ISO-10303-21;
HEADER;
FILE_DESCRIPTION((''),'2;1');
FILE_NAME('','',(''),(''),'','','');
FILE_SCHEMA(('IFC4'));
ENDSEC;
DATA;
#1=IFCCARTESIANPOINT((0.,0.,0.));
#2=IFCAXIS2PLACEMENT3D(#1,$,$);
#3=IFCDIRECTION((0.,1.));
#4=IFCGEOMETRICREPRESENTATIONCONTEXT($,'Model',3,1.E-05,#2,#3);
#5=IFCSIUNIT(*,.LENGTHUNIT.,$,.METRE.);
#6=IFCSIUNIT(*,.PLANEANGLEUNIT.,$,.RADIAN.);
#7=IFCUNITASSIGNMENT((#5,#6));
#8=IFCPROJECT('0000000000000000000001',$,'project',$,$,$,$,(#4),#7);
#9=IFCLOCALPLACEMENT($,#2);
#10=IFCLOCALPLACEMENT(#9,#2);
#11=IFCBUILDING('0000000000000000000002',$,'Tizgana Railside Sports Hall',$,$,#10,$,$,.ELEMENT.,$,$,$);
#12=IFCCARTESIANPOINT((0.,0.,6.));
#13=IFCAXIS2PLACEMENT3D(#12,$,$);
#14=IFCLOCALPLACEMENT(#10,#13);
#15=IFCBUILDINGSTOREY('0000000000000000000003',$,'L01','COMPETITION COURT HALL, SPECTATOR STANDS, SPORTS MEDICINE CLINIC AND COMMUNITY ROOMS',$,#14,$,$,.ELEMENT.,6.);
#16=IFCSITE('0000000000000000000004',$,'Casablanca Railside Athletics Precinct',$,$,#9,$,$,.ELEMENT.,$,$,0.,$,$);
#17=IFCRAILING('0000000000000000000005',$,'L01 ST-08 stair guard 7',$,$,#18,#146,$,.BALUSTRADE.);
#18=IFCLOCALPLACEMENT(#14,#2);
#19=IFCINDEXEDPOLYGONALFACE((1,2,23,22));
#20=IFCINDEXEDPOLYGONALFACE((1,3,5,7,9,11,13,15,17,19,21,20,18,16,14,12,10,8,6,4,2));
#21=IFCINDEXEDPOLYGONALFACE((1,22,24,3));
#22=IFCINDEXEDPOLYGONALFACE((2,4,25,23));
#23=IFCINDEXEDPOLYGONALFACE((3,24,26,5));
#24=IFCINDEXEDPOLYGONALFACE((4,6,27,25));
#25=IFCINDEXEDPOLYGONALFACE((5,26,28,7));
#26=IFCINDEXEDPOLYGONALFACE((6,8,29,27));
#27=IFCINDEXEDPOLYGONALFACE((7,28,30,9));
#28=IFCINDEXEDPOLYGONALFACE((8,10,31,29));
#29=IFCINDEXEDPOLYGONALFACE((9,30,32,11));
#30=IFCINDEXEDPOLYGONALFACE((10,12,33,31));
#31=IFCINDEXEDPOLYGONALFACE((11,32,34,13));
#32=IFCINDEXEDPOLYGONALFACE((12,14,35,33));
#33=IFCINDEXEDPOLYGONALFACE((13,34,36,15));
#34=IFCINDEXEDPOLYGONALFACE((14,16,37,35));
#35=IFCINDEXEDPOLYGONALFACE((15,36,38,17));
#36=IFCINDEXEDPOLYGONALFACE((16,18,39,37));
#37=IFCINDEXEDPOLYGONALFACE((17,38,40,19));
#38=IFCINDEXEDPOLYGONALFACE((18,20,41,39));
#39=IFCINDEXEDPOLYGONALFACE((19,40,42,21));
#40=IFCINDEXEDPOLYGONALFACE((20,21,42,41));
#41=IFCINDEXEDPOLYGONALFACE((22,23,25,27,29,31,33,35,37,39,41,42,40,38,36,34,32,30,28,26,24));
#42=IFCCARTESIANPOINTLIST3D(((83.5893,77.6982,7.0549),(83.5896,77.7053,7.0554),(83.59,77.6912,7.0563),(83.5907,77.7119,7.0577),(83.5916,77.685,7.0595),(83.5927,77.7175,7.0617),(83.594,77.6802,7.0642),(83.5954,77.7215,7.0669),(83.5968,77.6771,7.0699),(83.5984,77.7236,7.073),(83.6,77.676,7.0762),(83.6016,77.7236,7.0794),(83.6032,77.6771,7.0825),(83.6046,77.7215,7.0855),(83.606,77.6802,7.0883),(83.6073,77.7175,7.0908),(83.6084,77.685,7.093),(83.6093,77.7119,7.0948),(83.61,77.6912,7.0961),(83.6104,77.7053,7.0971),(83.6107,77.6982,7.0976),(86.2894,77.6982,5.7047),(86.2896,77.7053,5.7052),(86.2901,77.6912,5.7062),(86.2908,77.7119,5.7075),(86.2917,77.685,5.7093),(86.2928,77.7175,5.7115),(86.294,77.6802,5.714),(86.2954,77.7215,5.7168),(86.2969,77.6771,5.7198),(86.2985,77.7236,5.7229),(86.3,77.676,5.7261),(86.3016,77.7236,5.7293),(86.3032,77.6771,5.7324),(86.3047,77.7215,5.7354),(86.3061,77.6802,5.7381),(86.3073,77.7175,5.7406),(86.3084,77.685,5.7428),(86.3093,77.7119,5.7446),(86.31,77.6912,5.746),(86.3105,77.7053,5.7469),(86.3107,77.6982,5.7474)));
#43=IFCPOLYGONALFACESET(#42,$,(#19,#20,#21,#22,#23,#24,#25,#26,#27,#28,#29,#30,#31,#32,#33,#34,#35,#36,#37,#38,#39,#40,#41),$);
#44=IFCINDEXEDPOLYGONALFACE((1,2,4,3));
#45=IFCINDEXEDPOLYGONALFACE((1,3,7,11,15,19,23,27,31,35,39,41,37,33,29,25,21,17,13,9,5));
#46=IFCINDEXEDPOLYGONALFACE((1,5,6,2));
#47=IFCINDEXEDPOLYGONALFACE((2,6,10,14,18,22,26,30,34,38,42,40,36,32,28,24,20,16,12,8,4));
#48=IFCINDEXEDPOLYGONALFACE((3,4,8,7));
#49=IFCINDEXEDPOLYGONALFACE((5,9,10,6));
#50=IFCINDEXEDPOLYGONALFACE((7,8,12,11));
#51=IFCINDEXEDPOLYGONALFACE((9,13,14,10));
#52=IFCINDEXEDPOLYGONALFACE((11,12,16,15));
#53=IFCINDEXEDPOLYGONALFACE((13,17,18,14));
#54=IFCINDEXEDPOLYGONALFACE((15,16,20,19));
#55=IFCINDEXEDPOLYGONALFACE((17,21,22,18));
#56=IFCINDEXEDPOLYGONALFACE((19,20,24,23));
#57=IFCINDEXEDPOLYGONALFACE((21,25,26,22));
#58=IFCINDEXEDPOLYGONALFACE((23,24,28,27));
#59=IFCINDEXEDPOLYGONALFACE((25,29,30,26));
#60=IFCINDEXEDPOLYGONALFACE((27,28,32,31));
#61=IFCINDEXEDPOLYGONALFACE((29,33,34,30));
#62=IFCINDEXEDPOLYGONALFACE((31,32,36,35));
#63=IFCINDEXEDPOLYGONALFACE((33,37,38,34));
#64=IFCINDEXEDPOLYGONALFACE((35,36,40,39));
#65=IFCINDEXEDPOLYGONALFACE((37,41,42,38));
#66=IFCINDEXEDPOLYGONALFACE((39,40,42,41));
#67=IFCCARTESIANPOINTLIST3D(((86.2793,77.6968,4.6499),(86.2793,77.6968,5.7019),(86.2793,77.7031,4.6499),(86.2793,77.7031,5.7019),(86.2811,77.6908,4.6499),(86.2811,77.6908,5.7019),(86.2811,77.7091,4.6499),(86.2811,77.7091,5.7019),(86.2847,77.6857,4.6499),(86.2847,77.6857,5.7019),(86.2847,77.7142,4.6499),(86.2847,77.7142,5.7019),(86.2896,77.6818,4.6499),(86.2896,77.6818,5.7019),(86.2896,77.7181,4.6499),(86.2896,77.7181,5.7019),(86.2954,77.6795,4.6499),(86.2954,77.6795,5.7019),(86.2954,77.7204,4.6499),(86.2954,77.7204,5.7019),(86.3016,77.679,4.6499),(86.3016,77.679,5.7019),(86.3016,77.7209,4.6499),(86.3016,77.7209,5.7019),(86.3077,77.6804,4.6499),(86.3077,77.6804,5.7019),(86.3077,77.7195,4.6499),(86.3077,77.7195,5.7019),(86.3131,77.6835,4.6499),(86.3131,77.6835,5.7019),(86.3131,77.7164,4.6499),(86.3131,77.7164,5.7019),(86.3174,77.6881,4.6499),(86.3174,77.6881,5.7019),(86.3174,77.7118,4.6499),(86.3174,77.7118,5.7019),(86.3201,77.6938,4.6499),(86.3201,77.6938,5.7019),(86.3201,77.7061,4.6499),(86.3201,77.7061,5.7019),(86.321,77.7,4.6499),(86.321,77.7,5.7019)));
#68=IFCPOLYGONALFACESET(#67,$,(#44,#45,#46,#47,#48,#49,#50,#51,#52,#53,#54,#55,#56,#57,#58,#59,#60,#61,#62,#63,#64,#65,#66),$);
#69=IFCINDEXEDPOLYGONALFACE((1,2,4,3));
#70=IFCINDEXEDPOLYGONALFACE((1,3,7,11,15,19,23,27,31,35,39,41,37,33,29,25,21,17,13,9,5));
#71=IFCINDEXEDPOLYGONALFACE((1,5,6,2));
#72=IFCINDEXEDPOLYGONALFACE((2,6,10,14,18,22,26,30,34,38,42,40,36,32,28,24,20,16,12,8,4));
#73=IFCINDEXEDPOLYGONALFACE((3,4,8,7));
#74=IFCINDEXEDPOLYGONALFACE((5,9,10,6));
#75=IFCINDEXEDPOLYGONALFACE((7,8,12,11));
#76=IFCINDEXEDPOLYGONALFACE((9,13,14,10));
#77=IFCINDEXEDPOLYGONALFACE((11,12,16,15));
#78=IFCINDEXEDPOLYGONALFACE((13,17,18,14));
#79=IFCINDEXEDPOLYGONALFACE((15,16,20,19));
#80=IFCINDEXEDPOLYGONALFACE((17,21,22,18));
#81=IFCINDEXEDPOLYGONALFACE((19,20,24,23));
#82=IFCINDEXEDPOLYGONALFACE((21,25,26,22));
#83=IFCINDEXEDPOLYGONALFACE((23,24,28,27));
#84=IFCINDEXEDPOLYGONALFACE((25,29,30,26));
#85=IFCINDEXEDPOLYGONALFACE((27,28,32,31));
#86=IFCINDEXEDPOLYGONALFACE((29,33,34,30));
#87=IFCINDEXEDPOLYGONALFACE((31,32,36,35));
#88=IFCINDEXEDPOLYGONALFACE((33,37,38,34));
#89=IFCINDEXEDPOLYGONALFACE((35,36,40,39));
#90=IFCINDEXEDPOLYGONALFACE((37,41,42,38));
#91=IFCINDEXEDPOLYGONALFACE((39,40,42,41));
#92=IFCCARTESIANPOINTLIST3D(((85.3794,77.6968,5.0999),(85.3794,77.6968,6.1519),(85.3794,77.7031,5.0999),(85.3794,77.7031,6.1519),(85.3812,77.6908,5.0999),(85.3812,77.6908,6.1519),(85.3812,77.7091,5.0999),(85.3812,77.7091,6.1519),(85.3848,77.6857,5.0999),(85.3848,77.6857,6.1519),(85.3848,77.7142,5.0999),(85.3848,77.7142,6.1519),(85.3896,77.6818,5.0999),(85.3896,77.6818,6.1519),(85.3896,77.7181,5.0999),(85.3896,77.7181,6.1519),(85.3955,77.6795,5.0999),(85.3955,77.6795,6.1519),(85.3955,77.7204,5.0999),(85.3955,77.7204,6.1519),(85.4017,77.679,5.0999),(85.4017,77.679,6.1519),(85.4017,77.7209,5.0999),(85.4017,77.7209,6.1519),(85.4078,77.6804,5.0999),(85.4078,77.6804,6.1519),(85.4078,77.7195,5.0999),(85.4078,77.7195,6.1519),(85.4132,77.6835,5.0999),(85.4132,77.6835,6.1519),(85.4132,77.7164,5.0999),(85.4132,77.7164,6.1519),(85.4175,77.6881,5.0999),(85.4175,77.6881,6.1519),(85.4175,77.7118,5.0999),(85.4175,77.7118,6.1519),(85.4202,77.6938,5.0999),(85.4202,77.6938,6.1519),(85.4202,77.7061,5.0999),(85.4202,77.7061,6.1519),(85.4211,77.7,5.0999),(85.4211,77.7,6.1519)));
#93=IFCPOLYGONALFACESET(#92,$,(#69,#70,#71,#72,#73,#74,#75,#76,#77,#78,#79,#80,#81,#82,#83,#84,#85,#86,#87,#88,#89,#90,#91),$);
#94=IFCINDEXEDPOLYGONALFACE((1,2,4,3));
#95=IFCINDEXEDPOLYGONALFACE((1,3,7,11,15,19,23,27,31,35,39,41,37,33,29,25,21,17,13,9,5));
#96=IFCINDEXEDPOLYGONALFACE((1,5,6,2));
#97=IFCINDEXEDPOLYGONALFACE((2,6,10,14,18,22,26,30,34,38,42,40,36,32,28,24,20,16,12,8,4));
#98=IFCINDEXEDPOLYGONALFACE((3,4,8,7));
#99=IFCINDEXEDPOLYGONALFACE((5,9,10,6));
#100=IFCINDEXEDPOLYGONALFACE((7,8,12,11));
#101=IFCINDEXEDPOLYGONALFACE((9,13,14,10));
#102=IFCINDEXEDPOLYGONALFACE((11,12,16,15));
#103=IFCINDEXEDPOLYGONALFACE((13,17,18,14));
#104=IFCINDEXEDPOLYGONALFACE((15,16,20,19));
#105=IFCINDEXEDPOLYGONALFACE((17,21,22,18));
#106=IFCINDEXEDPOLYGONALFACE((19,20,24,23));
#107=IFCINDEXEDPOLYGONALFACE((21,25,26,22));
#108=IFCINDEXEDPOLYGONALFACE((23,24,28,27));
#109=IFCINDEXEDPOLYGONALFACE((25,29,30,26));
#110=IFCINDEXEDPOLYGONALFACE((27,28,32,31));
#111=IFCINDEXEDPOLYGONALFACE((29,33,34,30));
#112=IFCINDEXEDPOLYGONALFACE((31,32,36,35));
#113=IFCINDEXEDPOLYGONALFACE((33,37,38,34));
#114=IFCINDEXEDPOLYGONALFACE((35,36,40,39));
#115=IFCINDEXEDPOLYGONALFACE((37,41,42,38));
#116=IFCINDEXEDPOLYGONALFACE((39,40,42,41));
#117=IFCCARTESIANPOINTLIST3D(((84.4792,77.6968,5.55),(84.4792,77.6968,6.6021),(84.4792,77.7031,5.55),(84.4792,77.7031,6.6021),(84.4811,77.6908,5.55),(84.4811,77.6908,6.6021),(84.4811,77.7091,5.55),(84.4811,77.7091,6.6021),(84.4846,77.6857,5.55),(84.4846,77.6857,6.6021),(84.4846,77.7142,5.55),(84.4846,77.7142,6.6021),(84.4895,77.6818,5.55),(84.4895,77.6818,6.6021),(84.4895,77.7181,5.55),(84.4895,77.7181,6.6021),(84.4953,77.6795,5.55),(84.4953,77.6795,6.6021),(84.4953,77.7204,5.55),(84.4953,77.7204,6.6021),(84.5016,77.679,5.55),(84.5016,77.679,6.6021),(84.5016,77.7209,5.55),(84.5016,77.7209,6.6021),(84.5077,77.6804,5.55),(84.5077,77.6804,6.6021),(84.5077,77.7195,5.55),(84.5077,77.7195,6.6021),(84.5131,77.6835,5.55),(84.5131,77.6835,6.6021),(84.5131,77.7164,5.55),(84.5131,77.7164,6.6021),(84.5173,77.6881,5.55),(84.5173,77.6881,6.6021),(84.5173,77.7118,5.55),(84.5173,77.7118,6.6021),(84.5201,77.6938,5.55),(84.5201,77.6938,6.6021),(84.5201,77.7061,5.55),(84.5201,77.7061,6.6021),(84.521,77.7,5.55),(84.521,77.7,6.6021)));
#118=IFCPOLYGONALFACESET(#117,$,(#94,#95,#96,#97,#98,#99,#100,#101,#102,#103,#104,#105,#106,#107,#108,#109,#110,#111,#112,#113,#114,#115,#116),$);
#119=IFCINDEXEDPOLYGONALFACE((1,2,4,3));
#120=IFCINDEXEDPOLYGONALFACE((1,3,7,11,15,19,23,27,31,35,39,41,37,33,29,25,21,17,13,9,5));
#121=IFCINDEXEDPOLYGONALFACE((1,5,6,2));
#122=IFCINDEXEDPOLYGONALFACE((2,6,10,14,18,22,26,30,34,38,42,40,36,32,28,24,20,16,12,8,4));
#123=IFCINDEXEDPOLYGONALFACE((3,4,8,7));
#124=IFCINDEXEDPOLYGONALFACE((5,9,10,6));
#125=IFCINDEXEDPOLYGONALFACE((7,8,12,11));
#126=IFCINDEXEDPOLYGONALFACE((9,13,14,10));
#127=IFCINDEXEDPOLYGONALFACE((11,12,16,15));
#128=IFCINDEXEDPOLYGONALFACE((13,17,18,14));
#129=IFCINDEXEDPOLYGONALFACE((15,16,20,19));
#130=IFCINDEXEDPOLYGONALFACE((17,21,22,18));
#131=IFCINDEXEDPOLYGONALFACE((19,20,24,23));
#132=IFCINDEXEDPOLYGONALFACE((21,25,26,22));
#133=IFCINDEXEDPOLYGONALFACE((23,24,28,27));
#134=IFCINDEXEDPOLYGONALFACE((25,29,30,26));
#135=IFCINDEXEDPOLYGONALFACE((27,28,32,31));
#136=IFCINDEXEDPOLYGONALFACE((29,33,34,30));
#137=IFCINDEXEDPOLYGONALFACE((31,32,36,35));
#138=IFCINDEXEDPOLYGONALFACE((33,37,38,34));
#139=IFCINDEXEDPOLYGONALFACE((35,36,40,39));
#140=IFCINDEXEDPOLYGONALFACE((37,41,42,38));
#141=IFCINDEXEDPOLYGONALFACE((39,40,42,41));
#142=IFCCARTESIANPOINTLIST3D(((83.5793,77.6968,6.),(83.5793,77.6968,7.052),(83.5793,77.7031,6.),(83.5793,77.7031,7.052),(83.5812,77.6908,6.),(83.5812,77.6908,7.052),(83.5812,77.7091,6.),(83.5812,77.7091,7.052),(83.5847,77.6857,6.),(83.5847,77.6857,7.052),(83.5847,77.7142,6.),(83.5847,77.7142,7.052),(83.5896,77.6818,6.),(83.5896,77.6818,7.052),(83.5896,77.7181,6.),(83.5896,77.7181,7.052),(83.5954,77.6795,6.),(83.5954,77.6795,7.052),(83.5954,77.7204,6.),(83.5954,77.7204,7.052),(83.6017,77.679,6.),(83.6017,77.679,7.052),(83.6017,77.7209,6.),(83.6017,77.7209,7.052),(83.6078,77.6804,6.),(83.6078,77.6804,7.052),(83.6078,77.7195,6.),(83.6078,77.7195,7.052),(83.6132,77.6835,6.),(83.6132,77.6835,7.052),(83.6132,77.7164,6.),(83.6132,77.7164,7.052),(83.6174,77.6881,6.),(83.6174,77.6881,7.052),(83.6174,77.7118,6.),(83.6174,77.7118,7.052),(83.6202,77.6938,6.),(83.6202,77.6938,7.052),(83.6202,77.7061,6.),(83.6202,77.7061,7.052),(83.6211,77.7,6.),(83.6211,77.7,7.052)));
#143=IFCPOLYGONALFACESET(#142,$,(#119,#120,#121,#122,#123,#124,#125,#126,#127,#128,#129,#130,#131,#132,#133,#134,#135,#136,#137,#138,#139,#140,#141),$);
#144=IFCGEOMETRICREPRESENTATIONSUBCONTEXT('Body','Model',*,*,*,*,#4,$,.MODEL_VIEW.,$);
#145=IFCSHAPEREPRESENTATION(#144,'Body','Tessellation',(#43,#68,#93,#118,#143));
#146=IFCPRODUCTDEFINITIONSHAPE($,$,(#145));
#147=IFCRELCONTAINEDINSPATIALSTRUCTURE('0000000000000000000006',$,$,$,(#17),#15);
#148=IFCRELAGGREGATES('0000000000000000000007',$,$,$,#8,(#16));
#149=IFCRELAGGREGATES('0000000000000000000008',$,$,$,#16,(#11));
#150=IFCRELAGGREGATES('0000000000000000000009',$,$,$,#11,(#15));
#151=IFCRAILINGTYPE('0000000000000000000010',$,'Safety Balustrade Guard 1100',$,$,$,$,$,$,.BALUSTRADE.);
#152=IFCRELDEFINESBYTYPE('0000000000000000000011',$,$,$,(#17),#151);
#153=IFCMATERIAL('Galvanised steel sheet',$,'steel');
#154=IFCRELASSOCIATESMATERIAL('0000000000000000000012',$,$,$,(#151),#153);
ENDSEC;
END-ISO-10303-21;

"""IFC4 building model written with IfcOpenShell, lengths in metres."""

from ifc_helpers import new_model, si_unit, direction, frame, origin, origin_2d, place, context, subcontext, project, spatial, circle, extrude, material, type_object, element, save


model = new_model("IFC4")

# Units and contexts
model_context = context("Model", 3, precision=1e-05, world=origin(), true_north=direction((0.0, 1.0)))
body_context = subcontext(model_context, "Body", "Model", "MODEL_VIEW")
ifc_project = project(units=[si_unit("LENGTHUNIT", "METRE"), si_unit("PLANEANGLEUNIT", "RADIAN")], contexts=[model_context])

# Site, building, storey
site_placement = place(None, origin())
site = spatial("IfcSite", under=ifc_project, at=site_placement, Name="Casablanca Railside Athletics Precinct", CompositionType="ELEMENT", RefElevation=0.0)
building_placement = place(site_placement, origin())
building = spatial("IfcBuilding", under=site, at=building_placement, Name="Tizgana Railside Sports Hall", CompositionType="ELEMENT")
storey_placement = place(building_placement, frame((0.0, 0.0, 6.0)))
storey = spatial("IfcBuildingStorey", under=building, at=storey_placement, Name="L01", Description="COMPETITION COURT HALL, SPECTATOR STANDS, SPORTS MEDICINE CLINIC AND COMMUNITY ROOMS", CompositionType="ELEMENT", Elevation=6.0)

# Railing
ifc_material_1 = material(Name="Galvanised steel sheet", Category="steel")
railing_type_1 = type_object("IfcRailingType", Name="Safety Balustrade Guard 1100", PredefinedType="BALUSTRADE", material=ifc_material_1)
railing_1_placement = place(storey_placement, frame((86.3, 77.7, 4.6499)))
element("IfcRailing", 1, at=railing_1_placement, inside=storey, type_object=railing_type_1, Name="L01 ST-08 stair guard 7", PredefinedType="BALUSTRADE", context=body_context, shape_type="SweptSolid", body=[
    extrude(circle(Radius=0.0239, at=origin_2d()), frame((0.0, 0.0, 1.0762), z_axis=(-0.894411, 0.0, 0.447246), x_axis=(0.0, -1.0, 0.0)), (0.0, 0.0, 1.0), 3.0188),
    extrude(circle(Radius=0.021, at=origin_2d()), origin(), (0.0, 0.0, 1.0), 1.052),
    extrude(circle(Radius=0.021, at=origin_2d()), frame((-0.8999, 0.0, 0.45)), (0.0, 0.0, 1.0), 1.052),
    extrude(circle(Radius=0.021, at=origin_2d()), frame((-1.8, 0.0, 0.9001)), (0.0, 0.0, 1.0), 1.052),
    extrude(circle(Radius=0.021, at=origin_2d()), frame((-2.7, 0.0, 1.3501)), (0.0, 0.0, 1.0), 1.052),
])

save(model, "model.ifc")
